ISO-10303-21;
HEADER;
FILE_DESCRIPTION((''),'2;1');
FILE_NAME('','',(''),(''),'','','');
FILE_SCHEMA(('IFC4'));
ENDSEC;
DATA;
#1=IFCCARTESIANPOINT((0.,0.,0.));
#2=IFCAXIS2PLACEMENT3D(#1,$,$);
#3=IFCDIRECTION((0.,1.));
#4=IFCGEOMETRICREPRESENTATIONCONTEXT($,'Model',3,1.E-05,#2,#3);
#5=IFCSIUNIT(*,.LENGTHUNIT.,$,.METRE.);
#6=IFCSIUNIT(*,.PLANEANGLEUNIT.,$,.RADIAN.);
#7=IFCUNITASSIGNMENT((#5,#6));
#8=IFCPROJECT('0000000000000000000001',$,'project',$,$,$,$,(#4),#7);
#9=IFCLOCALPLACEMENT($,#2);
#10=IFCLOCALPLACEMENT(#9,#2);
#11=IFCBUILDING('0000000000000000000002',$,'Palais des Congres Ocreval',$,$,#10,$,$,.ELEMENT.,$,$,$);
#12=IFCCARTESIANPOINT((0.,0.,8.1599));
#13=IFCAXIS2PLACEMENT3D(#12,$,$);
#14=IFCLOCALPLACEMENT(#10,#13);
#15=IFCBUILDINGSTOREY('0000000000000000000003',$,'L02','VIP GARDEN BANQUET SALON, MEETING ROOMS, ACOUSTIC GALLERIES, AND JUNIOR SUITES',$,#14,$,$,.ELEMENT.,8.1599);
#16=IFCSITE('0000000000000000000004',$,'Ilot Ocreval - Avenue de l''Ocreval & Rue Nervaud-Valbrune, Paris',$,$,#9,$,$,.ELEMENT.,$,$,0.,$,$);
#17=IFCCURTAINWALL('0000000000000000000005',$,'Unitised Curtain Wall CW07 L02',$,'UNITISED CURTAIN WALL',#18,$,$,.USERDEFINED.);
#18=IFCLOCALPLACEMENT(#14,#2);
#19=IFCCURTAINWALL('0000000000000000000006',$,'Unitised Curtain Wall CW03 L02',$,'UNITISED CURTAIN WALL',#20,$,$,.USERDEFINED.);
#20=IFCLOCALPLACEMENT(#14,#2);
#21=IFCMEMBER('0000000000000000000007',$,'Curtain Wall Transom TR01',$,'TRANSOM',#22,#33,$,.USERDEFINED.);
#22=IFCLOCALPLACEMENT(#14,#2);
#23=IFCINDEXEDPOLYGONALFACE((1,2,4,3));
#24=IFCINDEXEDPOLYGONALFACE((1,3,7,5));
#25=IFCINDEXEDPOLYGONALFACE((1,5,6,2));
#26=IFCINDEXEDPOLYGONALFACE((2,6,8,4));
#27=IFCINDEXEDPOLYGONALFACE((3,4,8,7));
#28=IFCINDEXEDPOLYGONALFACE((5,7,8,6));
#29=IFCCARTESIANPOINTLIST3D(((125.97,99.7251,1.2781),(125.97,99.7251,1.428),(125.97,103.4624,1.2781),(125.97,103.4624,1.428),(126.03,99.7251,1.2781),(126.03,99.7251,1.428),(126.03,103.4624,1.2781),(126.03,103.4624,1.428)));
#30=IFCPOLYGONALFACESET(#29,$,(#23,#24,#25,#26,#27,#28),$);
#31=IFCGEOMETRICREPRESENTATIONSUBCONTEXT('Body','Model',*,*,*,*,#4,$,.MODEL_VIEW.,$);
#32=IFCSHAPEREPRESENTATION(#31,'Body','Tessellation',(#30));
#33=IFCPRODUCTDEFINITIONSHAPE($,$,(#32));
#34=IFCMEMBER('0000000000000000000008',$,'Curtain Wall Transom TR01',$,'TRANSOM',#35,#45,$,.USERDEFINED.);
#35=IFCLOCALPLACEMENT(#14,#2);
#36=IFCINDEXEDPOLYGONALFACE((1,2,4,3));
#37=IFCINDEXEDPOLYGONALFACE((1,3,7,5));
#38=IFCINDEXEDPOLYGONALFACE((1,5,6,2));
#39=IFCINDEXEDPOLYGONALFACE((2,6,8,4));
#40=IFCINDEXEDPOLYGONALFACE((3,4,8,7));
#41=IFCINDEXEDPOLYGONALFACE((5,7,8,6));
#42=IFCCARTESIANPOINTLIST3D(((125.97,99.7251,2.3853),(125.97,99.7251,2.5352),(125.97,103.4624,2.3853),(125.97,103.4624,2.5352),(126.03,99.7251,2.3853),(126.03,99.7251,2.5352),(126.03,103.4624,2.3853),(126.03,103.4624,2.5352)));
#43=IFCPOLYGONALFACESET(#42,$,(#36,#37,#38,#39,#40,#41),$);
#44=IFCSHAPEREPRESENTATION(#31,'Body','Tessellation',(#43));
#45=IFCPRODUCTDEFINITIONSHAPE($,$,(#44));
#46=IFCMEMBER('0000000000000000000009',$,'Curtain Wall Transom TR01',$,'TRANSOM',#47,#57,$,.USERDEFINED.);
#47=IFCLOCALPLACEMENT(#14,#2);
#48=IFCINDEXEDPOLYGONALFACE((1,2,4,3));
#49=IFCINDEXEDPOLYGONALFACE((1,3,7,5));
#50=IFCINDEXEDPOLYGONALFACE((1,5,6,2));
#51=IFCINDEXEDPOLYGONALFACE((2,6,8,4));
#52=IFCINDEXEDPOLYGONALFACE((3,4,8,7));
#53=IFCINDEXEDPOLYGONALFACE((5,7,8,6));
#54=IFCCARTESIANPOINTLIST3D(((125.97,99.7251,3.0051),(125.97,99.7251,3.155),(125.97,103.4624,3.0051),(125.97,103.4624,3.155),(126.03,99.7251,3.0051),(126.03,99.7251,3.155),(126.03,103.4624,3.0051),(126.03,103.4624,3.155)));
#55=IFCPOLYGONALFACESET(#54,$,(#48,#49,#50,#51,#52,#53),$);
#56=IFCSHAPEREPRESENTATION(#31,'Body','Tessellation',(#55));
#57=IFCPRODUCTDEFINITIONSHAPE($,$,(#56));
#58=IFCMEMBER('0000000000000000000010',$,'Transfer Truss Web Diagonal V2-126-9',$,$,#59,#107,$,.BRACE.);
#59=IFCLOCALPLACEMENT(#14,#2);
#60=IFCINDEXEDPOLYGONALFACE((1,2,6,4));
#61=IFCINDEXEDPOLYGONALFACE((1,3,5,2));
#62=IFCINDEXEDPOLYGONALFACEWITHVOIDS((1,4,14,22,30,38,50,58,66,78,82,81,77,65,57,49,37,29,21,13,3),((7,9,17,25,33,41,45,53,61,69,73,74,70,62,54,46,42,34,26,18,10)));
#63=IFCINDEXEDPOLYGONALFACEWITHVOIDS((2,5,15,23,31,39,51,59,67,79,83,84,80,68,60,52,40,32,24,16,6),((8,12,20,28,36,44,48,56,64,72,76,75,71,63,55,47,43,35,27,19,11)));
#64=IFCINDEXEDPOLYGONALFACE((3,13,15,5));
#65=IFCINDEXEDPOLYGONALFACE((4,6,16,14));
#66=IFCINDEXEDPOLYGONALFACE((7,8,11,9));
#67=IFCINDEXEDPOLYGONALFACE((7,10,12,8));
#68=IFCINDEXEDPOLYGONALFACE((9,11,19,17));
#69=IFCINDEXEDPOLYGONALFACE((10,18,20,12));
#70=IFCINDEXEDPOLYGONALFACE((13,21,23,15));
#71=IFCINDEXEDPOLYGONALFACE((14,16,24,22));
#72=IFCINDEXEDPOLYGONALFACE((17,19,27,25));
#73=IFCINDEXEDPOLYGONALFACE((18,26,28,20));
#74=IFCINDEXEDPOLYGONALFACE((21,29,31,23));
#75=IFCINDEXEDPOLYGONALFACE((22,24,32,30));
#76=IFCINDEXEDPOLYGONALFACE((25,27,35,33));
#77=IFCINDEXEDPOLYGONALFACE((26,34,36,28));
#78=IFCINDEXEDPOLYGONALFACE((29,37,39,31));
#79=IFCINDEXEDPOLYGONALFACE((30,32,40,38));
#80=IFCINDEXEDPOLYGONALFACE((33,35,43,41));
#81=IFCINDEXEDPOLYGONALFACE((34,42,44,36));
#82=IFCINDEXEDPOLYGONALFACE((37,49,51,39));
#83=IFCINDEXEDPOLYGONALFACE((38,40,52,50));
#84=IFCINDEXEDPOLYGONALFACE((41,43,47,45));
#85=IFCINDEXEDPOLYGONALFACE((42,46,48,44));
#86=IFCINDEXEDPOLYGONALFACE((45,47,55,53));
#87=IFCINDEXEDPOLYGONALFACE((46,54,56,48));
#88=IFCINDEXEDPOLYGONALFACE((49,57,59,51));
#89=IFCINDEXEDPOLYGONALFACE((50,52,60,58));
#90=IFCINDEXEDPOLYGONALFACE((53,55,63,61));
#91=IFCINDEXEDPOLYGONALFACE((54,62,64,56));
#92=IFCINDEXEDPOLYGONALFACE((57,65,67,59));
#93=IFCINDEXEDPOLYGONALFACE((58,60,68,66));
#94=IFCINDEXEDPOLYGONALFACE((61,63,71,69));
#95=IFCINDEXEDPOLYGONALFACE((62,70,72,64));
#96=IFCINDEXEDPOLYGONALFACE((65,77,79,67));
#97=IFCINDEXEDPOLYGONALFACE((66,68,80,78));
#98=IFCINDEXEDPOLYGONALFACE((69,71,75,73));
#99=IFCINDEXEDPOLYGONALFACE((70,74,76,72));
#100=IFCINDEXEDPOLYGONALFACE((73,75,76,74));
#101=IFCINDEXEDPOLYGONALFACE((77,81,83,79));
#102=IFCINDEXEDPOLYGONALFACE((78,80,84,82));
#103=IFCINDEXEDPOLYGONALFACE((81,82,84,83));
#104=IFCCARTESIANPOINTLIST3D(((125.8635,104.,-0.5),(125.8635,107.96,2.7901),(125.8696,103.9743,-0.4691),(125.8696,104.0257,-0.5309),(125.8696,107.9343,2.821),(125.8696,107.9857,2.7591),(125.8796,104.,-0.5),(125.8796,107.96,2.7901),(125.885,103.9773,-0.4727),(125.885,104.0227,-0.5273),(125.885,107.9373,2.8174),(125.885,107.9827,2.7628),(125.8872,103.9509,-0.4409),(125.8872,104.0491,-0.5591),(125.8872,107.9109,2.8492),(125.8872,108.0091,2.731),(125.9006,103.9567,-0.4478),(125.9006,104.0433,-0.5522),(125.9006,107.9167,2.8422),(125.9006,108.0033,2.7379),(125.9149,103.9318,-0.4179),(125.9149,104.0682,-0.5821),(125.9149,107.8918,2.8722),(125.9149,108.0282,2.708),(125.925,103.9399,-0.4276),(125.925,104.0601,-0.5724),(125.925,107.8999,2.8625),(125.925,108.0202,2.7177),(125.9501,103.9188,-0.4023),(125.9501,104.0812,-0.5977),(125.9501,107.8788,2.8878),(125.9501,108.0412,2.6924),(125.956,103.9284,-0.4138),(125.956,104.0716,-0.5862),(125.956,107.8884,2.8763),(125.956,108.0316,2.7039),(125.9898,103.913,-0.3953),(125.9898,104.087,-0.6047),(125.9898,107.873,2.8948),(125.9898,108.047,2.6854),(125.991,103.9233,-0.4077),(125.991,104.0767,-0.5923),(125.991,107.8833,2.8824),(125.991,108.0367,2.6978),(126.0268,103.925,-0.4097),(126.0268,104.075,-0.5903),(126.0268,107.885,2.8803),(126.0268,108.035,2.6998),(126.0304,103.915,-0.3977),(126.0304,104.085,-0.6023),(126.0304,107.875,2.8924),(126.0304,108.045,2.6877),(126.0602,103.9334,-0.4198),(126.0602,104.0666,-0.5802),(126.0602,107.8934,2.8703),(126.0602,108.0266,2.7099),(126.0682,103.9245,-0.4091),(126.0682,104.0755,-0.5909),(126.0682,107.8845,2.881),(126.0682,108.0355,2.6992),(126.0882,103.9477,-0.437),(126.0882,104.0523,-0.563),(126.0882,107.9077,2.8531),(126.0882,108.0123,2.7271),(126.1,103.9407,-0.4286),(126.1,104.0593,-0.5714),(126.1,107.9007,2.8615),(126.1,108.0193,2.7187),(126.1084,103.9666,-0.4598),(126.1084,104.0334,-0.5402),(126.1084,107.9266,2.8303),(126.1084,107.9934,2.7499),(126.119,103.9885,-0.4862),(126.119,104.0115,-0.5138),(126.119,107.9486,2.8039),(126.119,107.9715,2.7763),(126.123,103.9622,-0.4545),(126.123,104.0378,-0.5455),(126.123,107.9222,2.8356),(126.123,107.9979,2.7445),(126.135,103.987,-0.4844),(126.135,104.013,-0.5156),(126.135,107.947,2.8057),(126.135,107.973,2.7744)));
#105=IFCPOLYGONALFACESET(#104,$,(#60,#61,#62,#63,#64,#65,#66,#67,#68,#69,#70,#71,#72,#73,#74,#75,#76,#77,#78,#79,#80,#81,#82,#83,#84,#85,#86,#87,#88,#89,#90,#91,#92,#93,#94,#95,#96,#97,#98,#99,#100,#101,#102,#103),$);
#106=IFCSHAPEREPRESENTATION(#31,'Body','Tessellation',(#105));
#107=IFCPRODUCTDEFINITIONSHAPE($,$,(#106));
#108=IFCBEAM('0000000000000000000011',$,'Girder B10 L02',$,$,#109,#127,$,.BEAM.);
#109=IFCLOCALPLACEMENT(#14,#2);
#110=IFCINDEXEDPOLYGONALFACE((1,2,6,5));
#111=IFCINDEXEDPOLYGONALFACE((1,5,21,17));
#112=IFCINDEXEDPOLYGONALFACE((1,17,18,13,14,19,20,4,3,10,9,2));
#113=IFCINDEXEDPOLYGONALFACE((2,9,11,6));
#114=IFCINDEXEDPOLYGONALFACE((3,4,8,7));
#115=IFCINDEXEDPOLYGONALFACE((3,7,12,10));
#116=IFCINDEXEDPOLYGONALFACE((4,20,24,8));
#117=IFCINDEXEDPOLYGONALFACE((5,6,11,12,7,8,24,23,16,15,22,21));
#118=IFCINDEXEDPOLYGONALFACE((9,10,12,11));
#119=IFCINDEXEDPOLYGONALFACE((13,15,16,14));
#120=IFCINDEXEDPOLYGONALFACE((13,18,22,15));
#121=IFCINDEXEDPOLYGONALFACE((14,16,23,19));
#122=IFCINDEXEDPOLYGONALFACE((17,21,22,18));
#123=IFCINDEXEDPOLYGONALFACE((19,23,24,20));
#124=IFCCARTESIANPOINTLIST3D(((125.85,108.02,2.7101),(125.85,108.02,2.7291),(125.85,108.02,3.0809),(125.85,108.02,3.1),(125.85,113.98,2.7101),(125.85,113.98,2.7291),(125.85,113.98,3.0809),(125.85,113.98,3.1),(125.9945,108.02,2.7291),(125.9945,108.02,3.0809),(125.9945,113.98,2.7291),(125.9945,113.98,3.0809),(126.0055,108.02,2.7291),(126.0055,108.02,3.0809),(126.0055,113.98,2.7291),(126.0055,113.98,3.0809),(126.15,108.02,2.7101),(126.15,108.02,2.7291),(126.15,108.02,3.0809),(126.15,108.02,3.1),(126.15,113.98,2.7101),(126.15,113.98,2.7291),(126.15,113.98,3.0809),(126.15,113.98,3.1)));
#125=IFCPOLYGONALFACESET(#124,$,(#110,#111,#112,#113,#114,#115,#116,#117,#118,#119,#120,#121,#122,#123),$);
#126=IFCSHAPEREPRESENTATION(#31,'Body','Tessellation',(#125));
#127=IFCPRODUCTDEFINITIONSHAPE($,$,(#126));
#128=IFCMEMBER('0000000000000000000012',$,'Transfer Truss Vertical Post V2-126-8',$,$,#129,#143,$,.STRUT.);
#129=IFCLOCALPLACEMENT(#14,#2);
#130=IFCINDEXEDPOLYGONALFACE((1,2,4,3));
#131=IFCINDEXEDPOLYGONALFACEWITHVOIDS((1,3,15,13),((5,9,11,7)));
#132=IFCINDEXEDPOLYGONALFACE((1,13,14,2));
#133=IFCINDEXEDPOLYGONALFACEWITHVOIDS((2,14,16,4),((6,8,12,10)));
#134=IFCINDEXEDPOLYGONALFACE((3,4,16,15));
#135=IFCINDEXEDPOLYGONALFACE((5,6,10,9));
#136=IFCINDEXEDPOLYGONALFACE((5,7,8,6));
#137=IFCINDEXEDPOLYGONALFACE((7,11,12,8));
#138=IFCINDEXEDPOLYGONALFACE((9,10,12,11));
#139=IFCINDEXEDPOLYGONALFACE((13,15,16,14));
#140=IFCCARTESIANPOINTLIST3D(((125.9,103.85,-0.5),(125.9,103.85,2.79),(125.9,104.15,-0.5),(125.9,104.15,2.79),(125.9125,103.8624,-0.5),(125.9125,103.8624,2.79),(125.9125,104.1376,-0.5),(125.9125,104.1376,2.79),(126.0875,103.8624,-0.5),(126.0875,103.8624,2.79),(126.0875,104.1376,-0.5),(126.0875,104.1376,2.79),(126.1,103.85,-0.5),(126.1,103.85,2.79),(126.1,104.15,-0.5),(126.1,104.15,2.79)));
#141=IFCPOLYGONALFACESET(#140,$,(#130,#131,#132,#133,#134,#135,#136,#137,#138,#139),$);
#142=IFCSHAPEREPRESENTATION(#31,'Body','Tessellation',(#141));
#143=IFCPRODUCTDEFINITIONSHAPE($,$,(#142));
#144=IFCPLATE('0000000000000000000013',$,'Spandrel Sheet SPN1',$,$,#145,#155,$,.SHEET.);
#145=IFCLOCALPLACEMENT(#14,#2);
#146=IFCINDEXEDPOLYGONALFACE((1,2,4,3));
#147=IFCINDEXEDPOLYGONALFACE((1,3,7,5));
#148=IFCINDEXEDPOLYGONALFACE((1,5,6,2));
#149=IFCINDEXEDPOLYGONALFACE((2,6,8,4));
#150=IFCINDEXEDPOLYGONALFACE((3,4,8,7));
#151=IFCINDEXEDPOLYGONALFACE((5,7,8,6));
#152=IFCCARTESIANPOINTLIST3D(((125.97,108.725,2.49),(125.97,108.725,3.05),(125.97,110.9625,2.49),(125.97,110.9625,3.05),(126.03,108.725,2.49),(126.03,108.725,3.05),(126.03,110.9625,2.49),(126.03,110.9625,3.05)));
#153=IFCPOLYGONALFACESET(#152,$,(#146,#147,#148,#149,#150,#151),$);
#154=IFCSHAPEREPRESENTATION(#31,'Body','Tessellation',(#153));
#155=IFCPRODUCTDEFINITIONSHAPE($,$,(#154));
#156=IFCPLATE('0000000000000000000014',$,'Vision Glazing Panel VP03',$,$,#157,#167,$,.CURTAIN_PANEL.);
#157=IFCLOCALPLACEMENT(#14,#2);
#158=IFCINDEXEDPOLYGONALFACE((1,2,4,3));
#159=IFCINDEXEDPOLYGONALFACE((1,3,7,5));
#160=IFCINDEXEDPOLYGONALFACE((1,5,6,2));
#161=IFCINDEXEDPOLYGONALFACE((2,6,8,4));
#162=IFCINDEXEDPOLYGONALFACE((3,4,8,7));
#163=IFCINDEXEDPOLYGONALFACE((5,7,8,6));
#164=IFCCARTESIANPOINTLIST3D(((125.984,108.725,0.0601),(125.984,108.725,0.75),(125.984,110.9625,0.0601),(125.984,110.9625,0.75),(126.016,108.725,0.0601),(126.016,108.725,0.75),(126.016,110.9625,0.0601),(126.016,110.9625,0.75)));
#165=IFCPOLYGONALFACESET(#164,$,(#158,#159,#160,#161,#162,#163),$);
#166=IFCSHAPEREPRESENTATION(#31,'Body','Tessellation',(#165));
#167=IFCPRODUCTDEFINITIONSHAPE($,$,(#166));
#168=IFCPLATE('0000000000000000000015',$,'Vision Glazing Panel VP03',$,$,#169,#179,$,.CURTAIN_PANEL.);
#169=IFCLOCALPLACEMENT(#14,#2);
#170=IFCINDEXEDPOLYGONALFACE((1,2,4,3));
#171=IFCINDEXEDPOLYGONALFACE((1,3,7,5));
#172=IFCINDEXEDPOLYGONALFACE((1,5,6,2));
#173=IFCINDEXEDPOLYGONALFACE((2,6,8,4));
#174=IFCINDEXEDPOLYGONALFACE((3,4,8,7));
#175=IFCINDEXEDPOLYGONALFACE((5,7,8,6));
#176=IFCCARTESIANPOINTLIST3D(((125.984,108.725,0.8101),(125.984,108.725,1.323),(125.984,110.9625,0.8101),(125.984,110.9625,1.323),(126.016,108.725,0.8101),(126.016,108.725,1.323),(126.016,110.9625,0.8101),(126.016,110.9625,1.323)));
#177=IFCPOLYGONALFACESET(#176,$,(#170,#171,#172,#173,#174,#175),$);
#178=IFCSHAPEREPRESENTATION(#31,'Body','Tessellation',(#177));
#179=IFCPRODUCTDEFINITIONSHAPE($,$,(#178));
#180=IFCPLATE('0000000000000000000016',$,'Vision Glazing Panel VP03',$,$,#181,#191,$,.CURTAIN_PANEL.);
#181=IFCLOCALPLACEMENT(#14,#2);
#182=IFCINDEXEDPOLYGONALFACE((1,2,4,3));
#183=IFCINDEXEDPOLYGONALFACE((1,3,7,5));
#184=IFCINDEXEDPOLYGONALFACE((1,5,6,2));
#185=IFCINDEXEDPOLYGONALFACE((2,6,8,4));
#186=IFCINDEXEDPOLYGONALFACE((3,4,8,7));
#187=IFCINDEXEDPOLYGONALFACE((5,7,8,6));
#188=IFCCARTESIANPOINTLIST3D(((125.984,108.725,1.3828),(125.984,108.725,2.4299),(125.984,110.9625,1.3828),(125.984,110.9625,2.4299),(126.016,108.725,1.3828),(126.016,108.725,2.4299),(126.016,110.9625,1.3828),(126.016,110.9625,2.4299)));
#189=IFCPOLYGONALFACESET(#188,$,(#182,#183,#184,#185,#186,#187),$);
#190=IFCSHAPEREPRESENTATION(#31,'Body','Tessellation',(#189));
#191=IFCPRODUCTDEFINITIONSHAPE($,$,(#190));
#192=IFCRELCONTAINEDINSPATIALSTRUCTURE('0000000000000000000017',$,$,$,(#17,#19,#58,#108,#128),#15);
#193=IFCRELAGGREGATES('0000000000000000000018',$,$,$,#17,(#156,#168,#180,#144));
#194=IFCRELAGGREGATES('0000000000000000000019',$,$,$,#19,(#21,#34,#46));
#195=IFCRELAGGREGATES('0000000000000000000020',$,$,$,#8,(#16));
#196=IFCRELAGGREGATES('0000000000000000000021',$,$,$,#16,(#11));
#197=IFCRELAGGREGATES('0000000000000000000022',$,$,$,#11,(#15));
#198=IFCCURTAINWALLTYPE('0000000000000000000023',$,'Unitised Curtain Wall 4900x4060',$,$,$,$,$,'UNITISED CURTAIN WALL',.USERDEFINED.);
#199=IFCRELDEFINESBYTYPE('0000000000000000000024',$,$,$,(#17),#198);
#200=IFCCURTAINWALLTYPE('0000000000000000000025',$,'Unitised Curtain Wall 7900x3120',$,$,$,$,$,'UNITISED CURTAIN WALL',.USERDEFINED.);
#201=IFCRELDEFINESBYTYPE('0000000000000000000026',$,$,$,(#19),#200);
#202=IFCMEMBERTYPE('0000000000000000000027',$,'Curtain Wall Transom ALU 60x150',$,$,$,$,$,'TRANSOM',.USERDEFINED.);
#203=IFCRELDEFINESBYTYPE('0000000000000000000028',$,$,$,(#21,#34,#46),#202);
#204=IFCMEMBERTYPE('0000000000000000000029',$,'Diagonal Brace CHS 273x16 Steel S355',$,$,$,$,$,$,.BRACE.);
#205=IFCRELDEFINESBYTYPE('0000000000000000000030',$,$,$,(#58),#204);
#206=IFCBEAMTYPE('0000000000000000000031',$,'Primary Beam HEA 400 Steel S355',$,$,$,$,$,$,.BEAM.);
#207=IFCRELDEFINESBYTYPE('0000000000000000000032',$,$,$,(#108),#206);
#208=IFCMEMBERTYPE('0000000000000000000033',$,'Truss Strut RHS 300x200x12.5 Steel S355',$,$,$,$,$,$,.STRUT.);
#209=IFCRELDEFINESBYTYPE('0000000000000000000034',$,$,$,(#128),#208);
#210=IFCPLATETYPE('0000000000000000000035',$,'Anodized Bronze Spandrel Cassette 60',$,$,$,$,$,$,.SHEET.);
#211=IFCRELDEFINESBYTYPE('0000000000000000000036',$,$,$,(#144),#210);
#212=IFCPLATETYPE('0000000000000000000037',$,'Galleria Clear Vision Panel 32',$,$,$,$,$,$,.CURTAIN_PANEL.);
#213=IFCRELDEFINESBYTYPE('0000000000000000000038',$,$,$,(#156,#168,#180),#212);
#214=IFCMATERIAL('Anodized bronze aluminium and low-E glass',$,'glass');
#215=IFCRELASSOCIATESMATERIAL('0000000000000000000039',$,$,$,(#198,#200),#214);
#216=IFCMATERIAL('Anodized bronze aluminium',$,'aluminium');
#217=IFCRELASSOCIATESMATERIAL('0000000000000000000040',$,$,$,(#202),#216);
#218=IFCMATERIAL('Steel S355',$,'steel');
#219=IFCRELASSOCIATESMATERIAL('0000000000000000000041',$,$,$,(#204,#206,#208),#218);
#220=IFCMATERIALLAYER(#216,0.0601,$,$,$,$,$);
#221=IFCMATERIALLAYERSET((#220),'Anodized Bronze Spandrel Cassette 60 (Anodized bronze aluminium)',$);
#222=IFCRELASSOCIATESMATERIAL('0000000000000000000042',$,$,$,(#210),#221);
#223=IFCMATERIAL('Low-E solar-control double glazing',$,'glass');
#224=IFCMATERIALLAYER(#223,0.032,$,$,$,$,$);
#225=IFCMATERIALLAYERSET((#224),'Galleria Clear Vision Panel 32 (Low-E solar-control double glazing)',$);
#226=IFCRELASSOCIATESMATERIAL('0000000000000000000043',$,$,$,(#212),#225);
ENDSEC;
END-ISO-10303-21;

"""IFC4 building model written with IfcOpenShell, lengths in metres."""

from ifc_helpers import new_model, si_unit, direction, frame, origin, origin_2d, place, context, subcontext, project, spatial, rectangle, hollow_rectangle, hollow_circle, i_section, extrude, material, layer, layer_set, material_profile, profile_set, type_object, element, aggregate, save


model = new_model("IFC4")

# Units and contexts
model_context = context("Model", 3, precision=1e-05, world=origin(), true_north=direction((0.0, 1.0)))
body_context = subcontext(model_context, "Body", "Model", "MODEL_VIEW")
ifc_project = project(units=[si_unit("LENGTHUNIT", "METRE"), si_unit("PLANEANGLEUNIT", "RADIAN")], contexts=[model_context])

# Site, building, storey
site_placement = place(None, origin())
site = spatial("IfcSite", under=ifc_project, at=site_placement, Name="Ilot Ocreval - Avenue de l'Ocreval & Rue Nervaud-Valbrune, Paris", CompositionType="ELEMENT", RefElevation=0.0)
building_placement = place(site_placement, origin())
building = spatial("IfcBuilding", under=site, at=building_placement, Name="Palais des Congres Ocreval", CompositionType="ELEMENT")
storey_placement = place(building_placement, frame((0.0, 0.0, 8.1599)))
storey = spatial("IfcBuildingStorey", under=building, at=storey_placement, Name="L02", Description="VIP GARDEN BANQUET SALON, MEETING ROOMS, ACOUSTIC GALLERIES, AND JUNIOR SUITES", CompositionType="ELEMENT", Elevation=8.1599)

# Curtain wall
ifc_material_1 = material(Name="Anodized bronze aluminium and low-E glass", Category="glass")
curtain_wall_type_1 = type_object("IfcCurtainWallType", Name="Unitised Curtain Wall 4900x4060", ElementType="UNITISED CURTAIN WALL", PredefinedType="USERDEFINED", material=ifc_material_1)
curtain_wall_1_placement = place(storey_placement, origin())
curtain_wall_1 = element("IfcCurtainWall", 1, at=curtain_wall_1_placement, inside=storey, type_object=curtain_wall_type_1, Name="Unitised Curtain Wall CW07 L02", ObjectType="UNITISED CURTAIN WALL", PredefinedType="USERDEFINED")
ifc_material_2 = material(Name="Anodized bronze aluminium", Category="aluminium")

# Curtain wall
curtain_wall_type_2 = type_object("IfcCurtainWallType", Name="Unitised Curtain Wall 7900x3120", ElementType="UNITISED CURTAIN WALL", PredefinedType="USERDEFINED", material=ifc_material_1)
curtain_wall_2_placement = place(storey_placement, origin())
curtain_wall_2 = element("IfcCurtainWall", 2, at=curtain_wall_2_placement, inside=storey, type_object=curtain_wall_type_2, Name="Unitised Curtain Wall CW03 L02", ObjectType="UNITISED CURTAIN WALL", PredefinedType="USERDEFINED")

# Members
ifc_material_profile_1 = material_profile(ifc_material_2, rectangle(XDim=0.0601, YDim=0.1499, at=origin_2d()), Name="ALU 60x150")
ifc_profile_set_1 = profile_set([ifc_material_profile_1], Name="Anodized bronze aluminium")
member_type_1 = type_object("IfcMemberType", Name="Curtain Wall Transom ALU 60x150", ElementType="TRANSOM", PredefinedType="USERDEFINED", material=ifc_profile_set_1)
member_1_placement = place(storey_placement, frame((126.0, 103.4624, 1.353), z_axis=(0.0, -1.0, 0.0), x_axis=(1.0, 0.0, 0.0)))
member_1 = element("IfcMember", 3, at=member_1_placement, type_object=member_type_1, Name="Curtain Wall Transom TR01", ObjectType="TRANSOM", PredefinedType="USERDEFINED", context=body_context, shape_type="SweptSolid", body=[
    extrude(rectangle(XDim=0.0601, YDim=0.1499, at=origin_2d()), origin(), (0.0, 0.0, 1.0), 3.7373),
])
member_2_placement = place(storey_placement, frame((126.0, 103.4624, 2.4602), z_axis=(0.0, -1.0, 0.0), x_axis=(1.0, 0.0, 0.0)))
member_2 = element("IfcMember", 4, at=member_2_placement, type_object=member_type_1, Name="Curtain Wall Transom TR01", ObjectType="TRANSOM", PredefinedType="USERDEFINED", context=body_context, shape_type="SweptSolid", body=[
    extrude(rectangle(XDim=0.0601, YDim=0.1499, at=origin_2d()), origin(), (0.0, 0.0, 1.0), 3.7373),
])
member_3_placement = place(storey_placement, frame((126.0, 103.4624, 3.0801), z_axis=(0.0, -1.0, 0.0), x_axis=(1.0, 0.0, 0.0)))
member_3 = element("IfcMember", 5, at=member_3_placement, type_object=member_type_1, Name="Curtain Wall Transom TR01", ObjectType="TRANSOM", PredefinedType="USERDEFINED", context=body_context, shape_type="SweptSolid", body=[
    extrude(rectangle(XDim=0.0601, YDim=0.1499, at=origin_2d()), origin(), (0.0, 0.0, 1.0), 3.7373),
])
ifc_material_3 = material(Name="Steel S355", Category="steel")
ifc_material_profile_2 = material_profile(ifc_material_3, hollow_circle(Radius=0.1365, WallThickness=0.0161, at=origin_2d()), Name="CHS 273x16")
ifc_profile_set_2 = profile_set([ifc_material_profile_2], Name="Steel S355")
member_type_2 = type_object("IfcMemberType", Name="Diagonal Brace CHS 273x16 Steel S355", PredefinedType="BRACE", material=ifc_profile_set_2)
member_4_placement = place(storey_placement, frame((126.0, 104.0, -0.5), z_axis=(0.0, 0.769169, 0.639046), x_axis=(-1.0, 0.0, 0.0)))
element("IfcMember", 6, at=member_4_placement, inside=storey, type_object=member_type_2, Name="Transfer Truss Web Diagonal V2-126-9", PredefinedType="BRACE", context=body_context, shape_type="SweptSolid", body=[
    extrude(hollow_circle(Radius=0.1365, WallThickness=0.0161, at=origin_2d()), origin(), (0.0, 0.0, 1.0), 5.1484),
])

# Beam
ifc_material_profile_3 = material_profile(ifc_material_3, i_section(OverallWidth=0.3, OverallDepth=0.3899, WebThickness=0.011, FlangeThickness=0.019, at=origin_2d()), Name="HEA 400")
ifc_profile_set_3 = profile_set([ifc_material_profile_3], Name="Steel S355")
beam_type = type_object("IfcBeamType", Name="Primary Beam HEA 400 Steel S355", PredefinedType="BEAM", material=ifc_profile_set_3)
beam_placement = place(storey_placement, frame((126.0, 108.02, 2.905), z_axis=(0.0, 1.0, 0.0), x_axis=(-1.0, 0.0, 0.0)))
element("IfcBeam", 7, at=beam_placement, inside=storey, type_object=beam_type, Name="Girder B10 L02", PredefinedType="BEAM", context=body_context, shape_type="SweptSolid", body=[
    extrude(i_section(OverallWidth=0.3, OverallDepth=0.3899, WebThickness=0.011, FlangeThickness=0.019, at=origin_2d()), origin(), (0.0, 0.0, 1.0), 5.96),
])

# Member
ifc_material_profile_4 = material_profile(ifc_material_3, hollow_rectangle(XDim=0.2, YDim=0.3, WallThickness=0.0125, at=origin_2d()), Name="RHS 300x200x12.5")
ifc_profile_set_4 = profile_set([ifc_material_profile_4], Name="Steel S355")
member_type_3 = type_object("IfcMemberType", Name="Truss Strut RHS 300x200x12.5 Steel S355", PredefinedType="STRUT", material=ifc_profile_set_4)
member_5_placement = place(storey_placement, frame((126.0, 104.0, -0.5), z_axis=(0.0, 0.0, 1.0), x_axis=(1.0, 0.0, 0.0)))
element("IfcMember", 8, at=member_5_placement, inside=storey, type_object=member_type_3, Name="Transfer Truss Vertical Post V2-126-8", PredefinedType="STRUT", context=body_context, shape_type="SweptSolid", body=[
    extrude(hollow_rectangle(XDim=0.2, YDim=0.3, WallThickness=0.0125, at=origin_2d()), origin(), (0.0, 0.0, 1.0), 3.29),
])

# Plates
ifc_layer_1 = layer(ifc_material_2, 0.0601)
ifc_layer_set_1 = layer_set([ifc_layer_1], Name="Anodized Bronze Spandrel Cassette 60 (Anodized bronze aluminium)")
plate_type_1 = type_object("IfcPlateType", Name="Anodized Bronze Spandrel Cassette 60", PredefinedType="SHEET", material=ifc_layer_set_1)
plate_1_placement = place(storey_placement, frame((126.0, 109.8438, 2.49), z_axis=(0.0, 0.0, 1.0), x_axis=(0.0, -1.0, 0.0)))
plate_1 = element("IfcPlate", 9, at=plate_1_placement, type_object=plate_type_1, Name="Spandrel Sheet SPN1", PredefinedType="SHEET", context=body_context, shape_type="SweptSolid", body=[
    extrude(rectangle(XDim=2.2375, YDim=0.0601, at=origin_2d()), origin(), (0.0, 0.0, 1.0), 0.5601),
])
ifc_material_4 = material(Name="Low-E solar-control double glazing", Category="glass")
ifc_layer_2 = layer(ifc_material_4, 0.032)
ifc_layer_set_2 = layer_set([ifc_layer_2], Name="Galleria Clear Vision Panel 32 (Low-E solar-control double glazing)")
plate_type_2 = type_object("IfcPlateType", Name="Galleria Clear Vision Panel 32", PredefinedType="CURTAIN_PANEL", material=ifc_layer_set_2)
plate_2_placement = place(storey_placement, frame((126.0, 109.8438, 0.0601), z_axis=(0.0, 0.0, 1.0), x_axis=(0.0, -1.0, 0.0)))
plate_2 = element("IfcPlate", 10, at=plate_2_placement, type_object=plate_type_2, Name="Vision Glazing Panel VP03", PredefinedType="CURTAIN_PANEL", context=body_context, shape_type="SweptSolid", body=[
    extrude(rectangle(XDim=2.2375, YDim=0.032, at=origin_2d()), origin(), (0.0, 0.0, 1.0), 0.6899),
])
plate_3_placement = place(storey_placement, frame((126.0, 109.8438, 0.8101), z_axis=(0.0, 0.0, 1.0), x_axis=(0.0, -1.0, 0.0)))
plate_3 = element("IfcPlate", 11, at=plate_3_placement, type_object=plate_type_2, Name="Vision Glazing Panel VP03", PredefinedType="CURTAIN_PANEL", context=body_context, shape_type="SweptSolid", body=[
    extrude(rectangle(XDim=2.2375, YDim=0.032, at=origin_2d()), origin(), (0.0, 0.0, 1.0), 0.5129),
])
plate_4_placement = place(storey_placement, frame((126.0, 109.8438, 1.3828), z_axis=(0.0, 0.0, 1.0), x_axis=(0.0, -1.0, 0.0)))
plate_4 = element("IfcPlate", 12, at=plate_4_placement, type_object=plate_type_2, Name="Vision Glazing Panel VP03", PredefinedType="CURTAIN_PANEL", context=body_context, shape_type="SweptSolid", body=[
    extrude(rectangle(XDim=2.2375, YDim=0.032, at=origin_2d()), origin(), (0.0, 0.0, 1.0), 1.0471),
])
aggregate(curtain_wall_1, [plate_2, plate_3, plate_4, plate_1])
aggregate(curtain_wall_2, [member_1, member_2, member_3])

save(model, "model.ifc")
